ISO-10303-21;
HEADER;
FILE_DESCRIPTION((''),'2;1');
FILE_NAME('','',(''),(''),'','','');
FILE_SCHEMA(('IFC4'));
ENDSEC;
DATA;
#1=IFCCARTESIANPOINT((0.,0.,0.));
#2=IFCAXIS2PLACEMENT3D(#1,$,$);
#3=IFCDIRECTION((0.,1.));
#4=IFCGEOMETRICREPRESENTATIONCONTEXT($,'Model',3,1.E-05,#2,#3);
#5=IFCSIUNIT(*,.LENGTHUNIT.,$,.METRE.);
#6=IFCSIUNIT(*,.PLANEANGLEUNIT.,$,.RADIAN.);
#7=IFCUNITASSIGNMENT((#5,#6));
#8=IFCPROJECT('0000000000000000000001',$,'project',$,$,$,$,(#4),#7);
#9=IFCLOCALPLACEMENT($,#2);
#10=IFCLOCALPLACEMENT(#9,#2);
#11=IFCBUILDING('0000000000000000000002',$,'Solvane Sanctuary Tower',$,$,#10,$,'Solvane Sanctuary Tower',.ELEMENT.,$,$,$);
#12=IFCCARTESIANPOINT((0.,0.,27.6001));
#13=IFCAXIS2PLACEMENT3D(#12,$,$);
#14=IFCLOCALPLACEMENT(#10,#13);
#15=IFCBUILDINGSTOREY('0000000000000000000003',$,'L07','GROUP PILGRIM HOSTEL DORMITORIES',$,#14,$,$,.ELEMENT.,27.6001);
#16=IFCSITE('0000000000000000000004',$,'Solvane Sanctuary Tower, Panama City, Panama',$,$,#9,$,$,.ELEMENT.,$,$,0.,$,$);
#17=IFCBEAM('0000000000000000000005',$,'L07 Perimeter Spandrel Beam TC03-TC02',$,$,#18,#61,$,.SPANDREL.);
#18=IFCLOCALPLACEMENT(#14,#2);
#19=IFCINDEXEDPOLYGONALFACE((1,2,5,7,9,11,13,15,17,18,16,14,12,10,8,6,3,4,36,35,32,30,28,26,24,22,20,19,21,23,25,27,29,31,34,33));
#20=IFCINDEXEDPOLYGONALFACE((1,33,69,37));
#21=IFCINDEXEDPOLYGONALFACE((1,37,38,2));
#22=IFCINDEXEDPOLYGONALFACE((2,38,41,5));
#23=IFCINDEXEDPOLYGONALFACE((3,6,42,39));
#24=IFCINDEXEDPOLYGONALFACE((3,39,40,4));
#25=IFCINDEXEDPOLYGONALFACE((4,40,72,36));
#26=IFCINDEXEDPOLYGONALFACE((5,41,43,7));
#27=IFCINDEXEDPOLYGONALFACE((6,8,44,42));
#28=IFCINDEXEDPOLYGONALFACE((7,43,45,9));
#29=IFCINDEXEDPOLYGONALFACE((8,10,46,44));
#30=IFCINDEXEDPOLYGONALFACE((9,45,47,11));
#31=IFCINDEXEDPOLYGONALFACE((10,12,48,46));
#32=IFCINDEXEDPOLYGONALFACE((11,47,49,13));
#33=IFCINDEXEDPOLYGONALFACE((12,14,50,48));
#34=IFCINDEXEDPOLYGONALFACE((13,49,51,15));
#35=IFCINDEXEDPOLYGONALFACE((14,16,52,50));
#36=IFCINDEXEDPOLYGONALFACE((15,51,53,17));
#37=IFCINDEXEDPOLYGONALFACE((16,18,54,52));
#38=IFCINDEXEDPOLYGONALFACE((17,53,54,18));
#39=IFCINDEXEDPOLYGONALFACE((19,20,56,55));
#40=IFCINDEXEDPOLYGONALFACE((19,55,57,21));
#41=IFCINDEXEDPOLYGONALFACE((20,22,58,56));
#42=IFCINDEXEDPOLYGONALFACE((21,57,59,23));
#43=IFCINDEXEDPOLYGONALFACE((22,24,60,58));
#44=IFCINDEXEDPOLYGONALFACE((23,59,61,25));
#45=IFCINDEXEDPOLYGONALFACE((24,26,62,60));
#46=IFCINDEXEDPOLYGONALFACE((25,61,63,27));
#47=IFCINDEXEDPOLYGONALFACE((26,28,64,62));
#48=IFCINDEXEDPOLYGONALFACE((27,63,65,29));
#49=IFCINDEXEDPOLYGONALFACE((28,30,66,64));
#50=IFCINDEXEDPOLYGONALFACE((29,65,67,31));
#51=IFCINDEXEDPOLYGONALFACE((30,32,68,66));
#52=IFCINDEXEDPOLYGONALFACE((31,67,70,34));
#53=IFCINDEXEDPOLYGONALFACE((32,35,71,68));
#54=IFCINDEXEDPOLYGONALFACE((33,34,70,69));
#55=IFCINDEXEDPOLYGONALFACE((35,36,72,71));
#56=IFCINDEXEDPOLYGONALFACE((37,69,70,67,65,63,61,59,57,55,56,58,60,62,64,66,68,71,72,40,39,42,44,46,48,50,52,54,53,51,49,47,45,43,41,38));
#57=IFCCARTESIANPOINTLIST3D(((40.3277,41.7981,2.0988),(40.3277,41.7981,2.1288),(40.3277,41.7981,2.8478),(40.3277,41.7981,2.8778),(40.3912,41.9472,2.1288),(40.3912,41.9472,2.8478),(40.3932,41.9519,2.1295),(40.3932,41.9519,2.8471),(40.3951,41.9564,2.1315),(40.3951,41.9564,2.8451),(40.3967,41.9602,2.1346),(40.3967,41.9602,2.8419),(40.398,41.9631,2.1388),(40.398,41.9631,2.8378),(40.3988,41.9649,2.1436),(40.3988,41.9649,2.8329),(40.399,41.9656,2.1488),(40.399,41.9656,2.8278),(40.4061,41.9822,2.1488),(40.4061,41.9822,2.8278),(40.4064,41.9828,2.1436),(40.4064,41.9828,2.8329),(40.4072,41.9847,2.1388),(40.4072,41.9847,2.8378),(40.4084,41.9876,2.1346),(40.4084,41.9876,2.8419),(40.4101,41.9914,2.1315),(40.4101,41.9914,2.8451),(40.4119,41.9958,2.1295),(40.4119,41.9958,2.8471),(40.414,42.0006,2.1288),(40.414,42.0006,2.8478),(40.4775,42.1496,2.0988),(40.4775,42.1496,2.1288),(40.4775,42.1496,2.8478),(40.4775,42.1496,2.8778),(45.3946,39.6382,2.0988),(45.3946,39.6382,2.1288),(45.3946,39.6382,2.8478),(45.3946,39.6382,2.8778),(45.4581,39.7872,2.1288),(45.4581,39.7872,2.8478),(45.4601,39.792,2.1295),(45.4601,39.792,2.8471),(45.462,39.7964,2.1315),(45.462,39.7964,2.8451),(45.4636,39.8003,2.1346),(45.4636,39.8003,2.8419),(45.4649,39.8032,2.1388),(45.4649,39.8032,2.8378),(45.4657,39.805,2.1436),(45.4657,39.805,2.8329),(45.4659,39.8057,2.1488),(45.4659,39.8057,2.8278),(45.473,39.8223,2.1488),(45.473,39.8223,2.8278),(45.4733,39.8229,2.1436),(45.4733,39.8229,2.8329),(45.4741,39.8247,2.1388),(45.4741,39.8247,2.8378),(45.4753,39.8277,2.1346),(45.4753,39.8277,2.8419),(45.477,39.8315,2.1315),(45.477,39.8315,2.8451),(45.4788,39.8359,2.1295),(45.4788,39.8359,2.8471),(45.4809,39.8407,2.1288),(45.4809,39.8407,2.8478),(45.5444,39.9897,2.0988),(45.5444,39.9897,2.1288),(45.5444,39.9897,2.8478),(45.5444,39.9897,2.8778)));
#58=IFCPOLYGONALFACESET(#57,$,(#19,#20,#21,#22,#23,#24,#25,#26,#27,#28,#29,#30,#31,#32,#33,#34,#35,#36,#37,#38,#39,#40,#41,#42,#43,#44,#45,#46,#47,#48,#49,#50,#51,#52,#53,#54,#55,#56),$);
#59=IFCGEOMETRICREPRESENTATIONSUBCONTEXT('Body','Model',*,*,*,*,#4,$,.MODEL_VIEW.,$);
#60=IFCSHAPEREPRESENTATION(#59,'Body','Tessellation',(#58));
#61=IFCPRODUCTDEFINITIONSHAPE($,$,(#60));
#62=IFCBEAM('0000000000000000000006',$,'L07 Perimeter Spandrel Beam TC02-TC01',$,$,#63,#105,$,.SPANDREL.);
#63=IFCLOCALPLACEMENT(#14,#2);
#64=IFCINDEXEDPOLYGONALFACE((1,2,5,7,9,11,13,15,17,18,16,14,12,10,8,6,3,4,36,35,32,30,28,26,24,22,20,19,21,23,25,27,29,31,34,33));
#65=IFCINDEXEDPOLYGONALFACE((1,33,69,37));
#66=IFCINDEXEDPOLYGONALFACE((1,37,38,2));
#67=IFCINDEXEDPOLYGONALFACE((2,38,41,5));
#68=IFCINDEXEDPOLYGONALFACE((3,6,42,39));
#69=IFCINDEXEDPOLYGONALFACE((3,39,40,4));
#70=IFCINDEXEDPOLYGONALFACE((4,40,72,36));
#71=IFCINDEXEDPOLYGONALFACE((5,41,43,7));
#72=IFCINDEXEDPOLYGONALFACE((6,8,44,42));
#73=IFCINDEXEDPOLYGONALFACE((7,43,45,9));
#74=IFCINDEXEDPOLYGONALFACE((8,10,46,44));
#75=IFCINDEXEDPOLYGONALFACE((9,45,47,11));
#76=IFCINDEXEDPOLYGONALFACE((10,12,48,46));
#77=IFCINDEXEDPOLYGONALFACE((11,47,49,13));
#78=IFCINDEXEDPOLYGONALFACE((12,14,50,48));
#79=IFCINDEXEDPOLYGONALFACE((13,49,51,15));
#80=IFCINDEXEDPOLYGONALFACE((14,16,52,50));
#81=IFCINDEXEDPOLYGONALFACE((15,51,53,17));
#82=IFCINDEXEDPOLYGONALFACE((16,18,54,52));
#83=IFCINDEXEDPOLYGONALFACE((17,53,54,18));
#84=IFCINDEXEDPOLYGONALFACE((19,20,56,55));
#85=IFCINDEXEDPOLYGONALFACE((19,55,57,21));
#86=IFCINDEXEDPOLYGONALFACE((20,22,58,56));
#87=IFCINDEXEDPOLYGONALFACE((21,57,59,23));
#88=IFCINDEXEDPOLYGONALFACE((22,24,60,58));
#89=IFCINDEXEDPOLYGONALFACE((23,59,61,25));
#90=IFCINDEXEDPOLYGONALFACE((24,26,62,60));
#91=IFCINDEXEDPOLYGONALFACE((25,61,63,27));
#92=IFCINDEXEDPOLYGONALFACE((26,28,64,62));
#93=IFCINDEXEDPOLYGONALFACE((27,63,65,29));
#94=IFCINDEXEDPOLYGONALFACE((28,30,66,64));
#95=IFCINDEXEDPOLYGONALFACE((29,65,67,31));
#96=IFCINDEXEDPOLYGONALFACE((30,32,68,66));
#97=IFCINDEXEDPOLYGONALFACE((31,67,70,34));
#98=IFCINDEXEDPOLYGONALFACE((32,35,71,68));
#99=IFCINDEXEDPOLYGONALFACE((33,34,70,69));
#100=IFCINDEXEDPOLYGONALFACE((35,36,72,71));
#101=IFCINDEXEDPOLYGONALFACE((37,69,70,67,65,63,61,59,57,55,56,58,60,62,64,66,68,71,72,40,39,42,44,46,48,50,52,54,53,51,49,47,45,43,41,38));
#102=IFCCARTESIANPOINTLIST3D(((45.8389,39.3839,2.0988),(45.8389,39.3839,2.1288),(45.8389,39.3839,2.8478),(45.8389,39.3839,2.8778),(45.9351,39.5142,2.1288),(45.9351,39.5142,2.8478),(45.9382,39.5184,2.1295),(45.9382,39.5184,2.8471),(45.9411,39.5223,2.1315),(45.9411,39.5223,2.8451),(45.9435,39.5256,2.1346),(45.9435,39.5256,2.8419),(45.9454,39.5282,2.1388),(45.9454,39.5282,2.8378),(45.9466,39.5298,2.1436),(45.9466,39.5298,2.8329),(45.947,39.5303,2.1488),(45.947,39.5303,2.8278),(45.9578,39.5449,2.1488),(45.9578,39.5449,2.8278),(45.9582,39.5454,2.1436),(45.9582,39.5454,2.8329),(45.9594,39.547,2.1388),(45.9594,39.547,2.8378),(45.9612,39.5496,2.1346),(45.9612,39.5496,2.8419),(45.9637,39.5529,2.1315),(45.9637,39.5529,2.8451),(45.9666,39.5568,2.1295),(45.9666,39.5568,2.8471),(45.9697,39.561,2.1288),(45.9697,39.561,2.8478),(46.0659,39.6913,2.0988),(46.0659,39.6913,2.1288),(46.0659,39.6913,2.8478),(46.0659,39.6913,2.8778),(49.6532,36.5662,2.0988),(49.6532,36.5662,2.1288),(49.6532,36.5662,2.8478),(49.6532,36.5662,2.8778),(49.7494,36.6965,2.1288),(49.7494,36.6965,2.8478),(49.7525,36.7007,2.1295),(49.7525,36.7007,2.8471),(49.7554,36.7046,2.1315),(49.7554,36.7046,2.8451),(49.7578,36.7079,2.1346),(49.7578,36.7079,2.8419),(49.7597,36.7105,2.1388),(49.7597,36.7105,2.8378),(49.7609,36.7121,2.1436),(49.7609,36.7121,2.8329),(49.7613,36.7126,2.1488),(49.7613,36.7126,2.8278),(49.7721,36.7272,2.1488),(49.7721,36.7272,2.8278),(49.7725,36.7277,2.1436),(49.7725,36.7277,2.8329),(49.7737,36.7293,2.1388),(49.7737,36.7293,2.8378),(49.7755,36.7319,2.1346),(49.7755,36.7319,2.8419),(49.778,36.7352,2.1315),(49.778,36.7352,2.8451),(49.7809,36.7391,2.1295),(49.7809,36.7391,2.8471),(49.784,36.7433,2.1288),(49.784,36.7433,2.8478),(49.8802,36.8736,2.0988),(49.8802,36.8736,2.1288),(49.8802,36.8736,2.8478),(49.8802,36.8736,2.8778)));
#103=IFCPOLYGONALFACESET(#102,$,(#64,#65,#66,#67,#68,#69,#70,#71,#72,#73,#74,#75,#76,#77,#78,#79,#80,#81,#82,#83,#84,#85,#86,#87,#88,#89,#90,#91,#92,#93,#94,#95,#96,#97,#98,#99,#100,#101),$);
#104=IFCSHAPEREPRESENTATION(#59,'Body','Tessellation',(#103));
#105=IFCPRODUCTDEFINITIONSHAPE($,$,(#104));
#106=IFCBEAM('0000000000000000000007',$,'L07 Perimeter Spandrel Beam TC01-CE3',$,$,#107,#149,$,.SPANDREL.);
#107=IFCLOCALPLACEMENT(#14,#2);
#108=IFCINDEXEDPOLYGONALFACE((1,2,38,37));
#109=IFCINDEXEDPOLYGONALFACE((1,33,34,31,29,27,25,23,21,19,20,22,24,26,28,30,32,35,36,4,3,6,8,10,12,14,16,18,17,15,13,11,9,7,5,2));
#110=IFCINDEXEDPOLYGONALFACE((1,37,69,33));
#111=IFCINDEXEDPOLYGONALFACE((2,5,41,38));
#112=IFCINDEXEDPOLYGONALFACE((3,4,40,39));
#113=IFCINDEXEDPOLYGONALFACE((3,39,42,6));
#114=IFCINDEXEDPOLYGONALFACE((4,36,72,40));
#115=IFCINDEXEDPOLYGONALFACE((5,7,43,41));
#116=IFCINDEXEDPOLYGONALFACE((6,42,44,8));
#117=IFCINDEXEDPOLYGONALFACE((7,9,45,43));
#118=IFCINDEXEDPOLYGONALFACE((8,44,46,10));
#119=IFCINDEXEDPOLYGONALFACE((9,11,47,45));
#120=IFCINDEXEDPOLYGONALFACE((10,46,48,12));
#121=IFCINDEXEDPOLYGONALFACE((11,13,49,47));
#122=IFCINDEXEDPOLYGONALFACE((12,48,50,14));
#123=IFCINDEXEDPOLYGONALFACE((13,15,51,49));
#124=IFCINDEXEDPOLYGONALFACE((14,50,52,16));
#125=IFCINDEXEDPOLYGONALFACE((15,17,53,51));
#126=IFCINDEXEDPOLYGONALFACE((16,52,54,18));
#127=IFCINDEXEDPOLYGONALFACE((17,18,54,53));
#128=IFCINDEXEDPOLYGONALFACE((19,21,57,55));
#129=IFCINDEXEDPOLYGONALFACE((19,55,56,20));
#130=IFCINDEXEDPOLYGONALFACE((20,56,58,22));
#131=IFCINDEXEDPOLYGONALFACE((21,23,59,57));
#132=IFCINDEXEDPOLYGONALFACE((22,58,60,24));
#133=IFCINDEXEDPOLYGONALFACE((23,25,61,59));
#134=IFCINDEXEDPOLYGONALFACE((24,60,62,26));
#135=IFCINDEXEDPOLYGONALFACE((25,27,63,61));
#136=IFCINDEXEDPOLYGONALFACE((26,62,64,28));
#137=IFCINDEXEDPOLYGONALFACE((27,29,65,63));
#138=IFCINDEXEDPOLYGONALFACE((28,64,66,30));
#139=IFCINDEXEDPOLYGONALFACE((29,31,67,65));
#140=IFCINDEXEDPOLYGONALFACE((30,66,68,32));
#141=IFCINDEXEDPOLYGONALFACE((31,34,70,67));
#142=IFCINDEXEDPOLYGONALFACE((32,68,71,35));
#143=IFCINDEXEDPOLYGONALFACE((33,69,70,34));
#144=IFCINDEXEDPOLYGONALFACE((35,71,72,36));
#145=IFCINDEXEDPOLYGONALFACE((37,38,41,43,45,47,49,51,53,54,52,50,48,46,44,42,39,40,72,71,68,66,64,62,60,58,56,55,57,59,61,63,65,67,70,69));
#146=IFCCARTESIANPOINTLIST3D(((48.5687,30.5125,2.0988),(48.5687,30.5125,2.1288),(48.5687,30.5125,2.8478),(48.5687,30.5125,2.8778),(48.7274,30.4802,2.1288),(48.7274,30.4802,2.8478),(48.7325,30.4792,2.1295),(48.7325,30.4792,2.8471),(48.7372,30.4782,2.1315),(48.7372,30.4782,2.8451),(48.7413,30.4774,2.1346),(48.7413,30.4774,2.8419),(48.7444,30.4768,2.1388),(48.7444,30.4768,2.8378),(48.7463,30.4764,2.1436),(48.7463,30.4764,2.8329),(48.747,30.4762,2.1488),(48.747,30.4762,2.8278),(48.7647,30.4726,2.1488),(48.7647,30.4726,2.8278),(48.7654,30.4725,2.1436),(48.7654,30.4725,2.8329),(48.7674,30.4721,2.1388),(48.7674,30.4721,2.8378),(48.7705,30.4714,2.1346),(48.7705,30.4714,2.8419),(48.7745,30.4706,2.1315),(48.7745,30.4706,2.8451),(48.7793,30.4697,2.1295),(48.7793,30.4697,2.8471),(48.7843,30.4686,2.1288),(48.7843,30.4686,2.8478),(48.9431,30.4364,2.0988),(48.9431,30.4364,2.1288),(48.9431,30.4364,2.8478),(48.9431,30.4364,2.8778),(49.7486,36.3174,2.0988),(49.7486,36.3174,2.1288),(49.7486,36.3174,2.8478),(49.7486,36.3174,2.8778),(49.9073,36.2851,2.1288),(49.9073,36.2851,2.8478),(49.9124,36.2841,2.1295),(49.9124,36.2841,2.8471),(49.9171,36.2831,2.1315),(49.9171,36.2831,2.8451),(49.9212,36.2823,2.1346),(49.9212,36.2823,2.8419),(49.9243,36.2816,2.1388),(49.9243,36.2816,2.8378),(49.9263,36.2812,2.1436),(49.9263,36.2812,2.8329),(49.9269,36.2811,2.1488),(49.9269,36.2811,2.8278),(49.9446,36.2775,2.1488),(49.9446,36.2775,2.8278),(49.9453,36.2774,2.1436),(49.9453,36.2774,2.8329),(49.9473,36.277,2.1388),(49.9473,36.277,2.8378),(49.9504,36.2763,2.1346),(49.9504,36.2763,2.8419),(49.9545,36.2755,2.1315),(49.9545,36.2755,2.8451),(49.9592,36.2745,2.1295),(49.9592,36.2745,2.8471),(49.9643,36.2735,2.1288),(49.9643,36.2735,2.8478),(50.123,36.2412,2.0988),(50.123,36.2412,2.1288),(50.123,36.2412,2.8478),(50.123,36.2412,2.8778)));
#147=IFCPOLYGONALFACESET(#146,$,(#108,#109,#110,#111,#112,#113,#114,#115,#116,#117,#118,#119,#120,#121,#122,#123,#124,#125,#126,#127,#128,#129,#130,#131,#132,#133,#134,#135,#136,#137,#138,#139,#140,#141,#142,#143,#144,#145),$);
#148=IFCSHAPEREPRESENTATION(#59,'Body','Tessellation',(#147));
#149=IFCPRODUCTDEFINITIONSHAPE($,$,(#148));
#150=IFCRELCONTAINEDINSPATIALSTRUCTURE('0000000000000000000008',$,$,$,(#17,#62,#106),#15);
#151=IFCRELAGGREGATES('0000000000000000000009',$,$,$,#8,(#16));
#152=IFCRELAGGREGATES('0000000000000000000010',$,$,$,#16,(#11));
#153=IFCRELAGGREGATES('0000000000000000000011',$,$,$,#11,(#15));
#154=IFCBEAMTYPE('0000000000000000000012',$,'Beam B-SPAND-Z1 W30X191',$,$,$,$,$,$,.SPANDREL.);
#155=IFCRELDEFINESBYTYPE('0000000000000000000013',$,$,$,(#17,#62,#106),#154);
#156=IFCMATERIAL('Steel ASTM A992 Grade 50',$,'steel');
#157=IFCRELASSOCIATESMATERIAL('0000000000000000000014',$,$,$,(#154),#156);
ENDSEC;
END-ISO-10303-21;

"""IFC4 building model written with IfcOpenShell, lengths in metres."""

from ifc_helpers import new_model, si_unit, direction, frame, origin, origin_2d, place, context, subcontext, project, spatial, i_section, extrude, material, material_profile, profile_set, type_object, element, save


model = new_model("IFC4")

# Units and contexts
model_context = context("Model", 3, precision=1e-05, world=origin(), true_north=direction((0.0, 1.0)))
body_context = subcontext(model_context, "Body", "Model", "MODEL_VIEW")
ifc_project = project(units=[si_unit("LENGTHUNIT", "METRE"), si_unit("PLANEANGLEUNIT", "RADIAN")], contexts=[model_context])

# Site, building, storey
site_placement = place(None, origin())
site = spatial("IfcSite", under=ifc_project, at=site_placement, Name="Solvane Sanctuary Tower, Panama City, Panama", CompositionType="ELEMENT", RefElevation=0.0)
building_placement = place(site_placement, origin())
building = spatial("IfcBuilding", under=site, at=building_placement, Name="Solvane Sanctuary Tower", LongName="Solvane Sanctuary Tower", CompositionType="ELEMENT")
storey_placement = place(building_placement, frame((0.0, 0.0, 27.6001)))
storey = spatial("IfcBuildingStorey", under=building, at=storey_placement, Name="L07", Description="GROUP PILGRIM HOSTEL DORMITORIES", CompositionType="ELEMENT", Elevation=27.6001)

# Beams
ifc_material_1 = material(Name="Steel ASTM A992 Grade 50", Category="steel")
ifc_material_profile_1 = material_profile(ifc_material_1, i_section(OverallWidth=0.3821, OverallDepth=0.7791, WebThickness=0.0181, FlangeThickness=0.03, FilletRadius=0.02, at=origin_2d()), Name="W30X191")
ifc_profile_set_1 = profile_set([ifc_material_profile_1], Name="Steel ASTM A992 Grade 50")
beam_type_1 = type_object("IfcBeamType", Name="Beam B-SPAND-Z1 W30X191", PredefinedType="SPANDREL", material=ifc_profile_set_1)
beam_1_placement = place(storey_placement, frame((40.4026, 41.9739, 2.4883), z_axis=(0.919907, -0.392137, 0.0), x_axis=(0.392137, 0.919907, 0.0)))
element("IfcBeam", 1, at=beam_1_placement, inside=storey, type_object=beam_type_1, Name="L07 Perimeter Spandrel Beam TC03-TC02", PredefinedType="SPANDREL", context=body_context, shape_type="SweptSolid", body=[
    extrude(i_section(OverallWidth=0.3821, OverallDepth=0.7791, WebThickness=0.0181, FlangeThickness=0.03, FilletRadius=0.02, at=origin_2d()), origin(), (0.0, 0.0, 1.0), 5.5081),
])
beam_2_placement = place(storey_placement, frame((45.9524, 39.5376, 2.4883), z_axis=(0.804334, -0.594177, 0.0), x_axis=(0.594177, 0.804334, 0.0)))
element("IfcBeam", 2, at=beam_2_placement, inside=storey, type_object=beam_type_1, Name="L07 Perimeter Spandrel Beam TC02-TC01", PredefinedType="SPANDREL", context=body_context, shape_type="SweptSolid", body=[
    extrude(i_section(OverallWidth=0.3821, OverallDepth=0.7791, WebThickness=0.0181, FlangeThickness=0.03, FilletRadius=0.02, at=origin_2d()), origin(), (0.0, 0.0, 1.0), 4.7422),
])
beam_3_placement = place(storey_placement, frame((49.9358, 36.2793, 2.4883), z_axis=(-0.19919, -0.979961, 0.0), x_axis=(0.979961, -0.19919, 0.0)))
element("IfcBeam", 3, at=beam_3_placement, inside=storey, type_object=beam_type_1, Name="L07 Perimeter Spandrel Beam TC01-CE3", PredefinedType="SPANDREL", context=body_context, shape_type="SweptSolid", body=[
    extrude(i_section(OverallWidth=0.3821, OverallDepth=0.7791, WebThickness=0.0181, FlangeThickness=0.03, FilletRadius=0.02, at=origin_2d()), origin(), (0.0, 0.0, 1.0), 5.9236),
])

save(model, "model.ifc")
